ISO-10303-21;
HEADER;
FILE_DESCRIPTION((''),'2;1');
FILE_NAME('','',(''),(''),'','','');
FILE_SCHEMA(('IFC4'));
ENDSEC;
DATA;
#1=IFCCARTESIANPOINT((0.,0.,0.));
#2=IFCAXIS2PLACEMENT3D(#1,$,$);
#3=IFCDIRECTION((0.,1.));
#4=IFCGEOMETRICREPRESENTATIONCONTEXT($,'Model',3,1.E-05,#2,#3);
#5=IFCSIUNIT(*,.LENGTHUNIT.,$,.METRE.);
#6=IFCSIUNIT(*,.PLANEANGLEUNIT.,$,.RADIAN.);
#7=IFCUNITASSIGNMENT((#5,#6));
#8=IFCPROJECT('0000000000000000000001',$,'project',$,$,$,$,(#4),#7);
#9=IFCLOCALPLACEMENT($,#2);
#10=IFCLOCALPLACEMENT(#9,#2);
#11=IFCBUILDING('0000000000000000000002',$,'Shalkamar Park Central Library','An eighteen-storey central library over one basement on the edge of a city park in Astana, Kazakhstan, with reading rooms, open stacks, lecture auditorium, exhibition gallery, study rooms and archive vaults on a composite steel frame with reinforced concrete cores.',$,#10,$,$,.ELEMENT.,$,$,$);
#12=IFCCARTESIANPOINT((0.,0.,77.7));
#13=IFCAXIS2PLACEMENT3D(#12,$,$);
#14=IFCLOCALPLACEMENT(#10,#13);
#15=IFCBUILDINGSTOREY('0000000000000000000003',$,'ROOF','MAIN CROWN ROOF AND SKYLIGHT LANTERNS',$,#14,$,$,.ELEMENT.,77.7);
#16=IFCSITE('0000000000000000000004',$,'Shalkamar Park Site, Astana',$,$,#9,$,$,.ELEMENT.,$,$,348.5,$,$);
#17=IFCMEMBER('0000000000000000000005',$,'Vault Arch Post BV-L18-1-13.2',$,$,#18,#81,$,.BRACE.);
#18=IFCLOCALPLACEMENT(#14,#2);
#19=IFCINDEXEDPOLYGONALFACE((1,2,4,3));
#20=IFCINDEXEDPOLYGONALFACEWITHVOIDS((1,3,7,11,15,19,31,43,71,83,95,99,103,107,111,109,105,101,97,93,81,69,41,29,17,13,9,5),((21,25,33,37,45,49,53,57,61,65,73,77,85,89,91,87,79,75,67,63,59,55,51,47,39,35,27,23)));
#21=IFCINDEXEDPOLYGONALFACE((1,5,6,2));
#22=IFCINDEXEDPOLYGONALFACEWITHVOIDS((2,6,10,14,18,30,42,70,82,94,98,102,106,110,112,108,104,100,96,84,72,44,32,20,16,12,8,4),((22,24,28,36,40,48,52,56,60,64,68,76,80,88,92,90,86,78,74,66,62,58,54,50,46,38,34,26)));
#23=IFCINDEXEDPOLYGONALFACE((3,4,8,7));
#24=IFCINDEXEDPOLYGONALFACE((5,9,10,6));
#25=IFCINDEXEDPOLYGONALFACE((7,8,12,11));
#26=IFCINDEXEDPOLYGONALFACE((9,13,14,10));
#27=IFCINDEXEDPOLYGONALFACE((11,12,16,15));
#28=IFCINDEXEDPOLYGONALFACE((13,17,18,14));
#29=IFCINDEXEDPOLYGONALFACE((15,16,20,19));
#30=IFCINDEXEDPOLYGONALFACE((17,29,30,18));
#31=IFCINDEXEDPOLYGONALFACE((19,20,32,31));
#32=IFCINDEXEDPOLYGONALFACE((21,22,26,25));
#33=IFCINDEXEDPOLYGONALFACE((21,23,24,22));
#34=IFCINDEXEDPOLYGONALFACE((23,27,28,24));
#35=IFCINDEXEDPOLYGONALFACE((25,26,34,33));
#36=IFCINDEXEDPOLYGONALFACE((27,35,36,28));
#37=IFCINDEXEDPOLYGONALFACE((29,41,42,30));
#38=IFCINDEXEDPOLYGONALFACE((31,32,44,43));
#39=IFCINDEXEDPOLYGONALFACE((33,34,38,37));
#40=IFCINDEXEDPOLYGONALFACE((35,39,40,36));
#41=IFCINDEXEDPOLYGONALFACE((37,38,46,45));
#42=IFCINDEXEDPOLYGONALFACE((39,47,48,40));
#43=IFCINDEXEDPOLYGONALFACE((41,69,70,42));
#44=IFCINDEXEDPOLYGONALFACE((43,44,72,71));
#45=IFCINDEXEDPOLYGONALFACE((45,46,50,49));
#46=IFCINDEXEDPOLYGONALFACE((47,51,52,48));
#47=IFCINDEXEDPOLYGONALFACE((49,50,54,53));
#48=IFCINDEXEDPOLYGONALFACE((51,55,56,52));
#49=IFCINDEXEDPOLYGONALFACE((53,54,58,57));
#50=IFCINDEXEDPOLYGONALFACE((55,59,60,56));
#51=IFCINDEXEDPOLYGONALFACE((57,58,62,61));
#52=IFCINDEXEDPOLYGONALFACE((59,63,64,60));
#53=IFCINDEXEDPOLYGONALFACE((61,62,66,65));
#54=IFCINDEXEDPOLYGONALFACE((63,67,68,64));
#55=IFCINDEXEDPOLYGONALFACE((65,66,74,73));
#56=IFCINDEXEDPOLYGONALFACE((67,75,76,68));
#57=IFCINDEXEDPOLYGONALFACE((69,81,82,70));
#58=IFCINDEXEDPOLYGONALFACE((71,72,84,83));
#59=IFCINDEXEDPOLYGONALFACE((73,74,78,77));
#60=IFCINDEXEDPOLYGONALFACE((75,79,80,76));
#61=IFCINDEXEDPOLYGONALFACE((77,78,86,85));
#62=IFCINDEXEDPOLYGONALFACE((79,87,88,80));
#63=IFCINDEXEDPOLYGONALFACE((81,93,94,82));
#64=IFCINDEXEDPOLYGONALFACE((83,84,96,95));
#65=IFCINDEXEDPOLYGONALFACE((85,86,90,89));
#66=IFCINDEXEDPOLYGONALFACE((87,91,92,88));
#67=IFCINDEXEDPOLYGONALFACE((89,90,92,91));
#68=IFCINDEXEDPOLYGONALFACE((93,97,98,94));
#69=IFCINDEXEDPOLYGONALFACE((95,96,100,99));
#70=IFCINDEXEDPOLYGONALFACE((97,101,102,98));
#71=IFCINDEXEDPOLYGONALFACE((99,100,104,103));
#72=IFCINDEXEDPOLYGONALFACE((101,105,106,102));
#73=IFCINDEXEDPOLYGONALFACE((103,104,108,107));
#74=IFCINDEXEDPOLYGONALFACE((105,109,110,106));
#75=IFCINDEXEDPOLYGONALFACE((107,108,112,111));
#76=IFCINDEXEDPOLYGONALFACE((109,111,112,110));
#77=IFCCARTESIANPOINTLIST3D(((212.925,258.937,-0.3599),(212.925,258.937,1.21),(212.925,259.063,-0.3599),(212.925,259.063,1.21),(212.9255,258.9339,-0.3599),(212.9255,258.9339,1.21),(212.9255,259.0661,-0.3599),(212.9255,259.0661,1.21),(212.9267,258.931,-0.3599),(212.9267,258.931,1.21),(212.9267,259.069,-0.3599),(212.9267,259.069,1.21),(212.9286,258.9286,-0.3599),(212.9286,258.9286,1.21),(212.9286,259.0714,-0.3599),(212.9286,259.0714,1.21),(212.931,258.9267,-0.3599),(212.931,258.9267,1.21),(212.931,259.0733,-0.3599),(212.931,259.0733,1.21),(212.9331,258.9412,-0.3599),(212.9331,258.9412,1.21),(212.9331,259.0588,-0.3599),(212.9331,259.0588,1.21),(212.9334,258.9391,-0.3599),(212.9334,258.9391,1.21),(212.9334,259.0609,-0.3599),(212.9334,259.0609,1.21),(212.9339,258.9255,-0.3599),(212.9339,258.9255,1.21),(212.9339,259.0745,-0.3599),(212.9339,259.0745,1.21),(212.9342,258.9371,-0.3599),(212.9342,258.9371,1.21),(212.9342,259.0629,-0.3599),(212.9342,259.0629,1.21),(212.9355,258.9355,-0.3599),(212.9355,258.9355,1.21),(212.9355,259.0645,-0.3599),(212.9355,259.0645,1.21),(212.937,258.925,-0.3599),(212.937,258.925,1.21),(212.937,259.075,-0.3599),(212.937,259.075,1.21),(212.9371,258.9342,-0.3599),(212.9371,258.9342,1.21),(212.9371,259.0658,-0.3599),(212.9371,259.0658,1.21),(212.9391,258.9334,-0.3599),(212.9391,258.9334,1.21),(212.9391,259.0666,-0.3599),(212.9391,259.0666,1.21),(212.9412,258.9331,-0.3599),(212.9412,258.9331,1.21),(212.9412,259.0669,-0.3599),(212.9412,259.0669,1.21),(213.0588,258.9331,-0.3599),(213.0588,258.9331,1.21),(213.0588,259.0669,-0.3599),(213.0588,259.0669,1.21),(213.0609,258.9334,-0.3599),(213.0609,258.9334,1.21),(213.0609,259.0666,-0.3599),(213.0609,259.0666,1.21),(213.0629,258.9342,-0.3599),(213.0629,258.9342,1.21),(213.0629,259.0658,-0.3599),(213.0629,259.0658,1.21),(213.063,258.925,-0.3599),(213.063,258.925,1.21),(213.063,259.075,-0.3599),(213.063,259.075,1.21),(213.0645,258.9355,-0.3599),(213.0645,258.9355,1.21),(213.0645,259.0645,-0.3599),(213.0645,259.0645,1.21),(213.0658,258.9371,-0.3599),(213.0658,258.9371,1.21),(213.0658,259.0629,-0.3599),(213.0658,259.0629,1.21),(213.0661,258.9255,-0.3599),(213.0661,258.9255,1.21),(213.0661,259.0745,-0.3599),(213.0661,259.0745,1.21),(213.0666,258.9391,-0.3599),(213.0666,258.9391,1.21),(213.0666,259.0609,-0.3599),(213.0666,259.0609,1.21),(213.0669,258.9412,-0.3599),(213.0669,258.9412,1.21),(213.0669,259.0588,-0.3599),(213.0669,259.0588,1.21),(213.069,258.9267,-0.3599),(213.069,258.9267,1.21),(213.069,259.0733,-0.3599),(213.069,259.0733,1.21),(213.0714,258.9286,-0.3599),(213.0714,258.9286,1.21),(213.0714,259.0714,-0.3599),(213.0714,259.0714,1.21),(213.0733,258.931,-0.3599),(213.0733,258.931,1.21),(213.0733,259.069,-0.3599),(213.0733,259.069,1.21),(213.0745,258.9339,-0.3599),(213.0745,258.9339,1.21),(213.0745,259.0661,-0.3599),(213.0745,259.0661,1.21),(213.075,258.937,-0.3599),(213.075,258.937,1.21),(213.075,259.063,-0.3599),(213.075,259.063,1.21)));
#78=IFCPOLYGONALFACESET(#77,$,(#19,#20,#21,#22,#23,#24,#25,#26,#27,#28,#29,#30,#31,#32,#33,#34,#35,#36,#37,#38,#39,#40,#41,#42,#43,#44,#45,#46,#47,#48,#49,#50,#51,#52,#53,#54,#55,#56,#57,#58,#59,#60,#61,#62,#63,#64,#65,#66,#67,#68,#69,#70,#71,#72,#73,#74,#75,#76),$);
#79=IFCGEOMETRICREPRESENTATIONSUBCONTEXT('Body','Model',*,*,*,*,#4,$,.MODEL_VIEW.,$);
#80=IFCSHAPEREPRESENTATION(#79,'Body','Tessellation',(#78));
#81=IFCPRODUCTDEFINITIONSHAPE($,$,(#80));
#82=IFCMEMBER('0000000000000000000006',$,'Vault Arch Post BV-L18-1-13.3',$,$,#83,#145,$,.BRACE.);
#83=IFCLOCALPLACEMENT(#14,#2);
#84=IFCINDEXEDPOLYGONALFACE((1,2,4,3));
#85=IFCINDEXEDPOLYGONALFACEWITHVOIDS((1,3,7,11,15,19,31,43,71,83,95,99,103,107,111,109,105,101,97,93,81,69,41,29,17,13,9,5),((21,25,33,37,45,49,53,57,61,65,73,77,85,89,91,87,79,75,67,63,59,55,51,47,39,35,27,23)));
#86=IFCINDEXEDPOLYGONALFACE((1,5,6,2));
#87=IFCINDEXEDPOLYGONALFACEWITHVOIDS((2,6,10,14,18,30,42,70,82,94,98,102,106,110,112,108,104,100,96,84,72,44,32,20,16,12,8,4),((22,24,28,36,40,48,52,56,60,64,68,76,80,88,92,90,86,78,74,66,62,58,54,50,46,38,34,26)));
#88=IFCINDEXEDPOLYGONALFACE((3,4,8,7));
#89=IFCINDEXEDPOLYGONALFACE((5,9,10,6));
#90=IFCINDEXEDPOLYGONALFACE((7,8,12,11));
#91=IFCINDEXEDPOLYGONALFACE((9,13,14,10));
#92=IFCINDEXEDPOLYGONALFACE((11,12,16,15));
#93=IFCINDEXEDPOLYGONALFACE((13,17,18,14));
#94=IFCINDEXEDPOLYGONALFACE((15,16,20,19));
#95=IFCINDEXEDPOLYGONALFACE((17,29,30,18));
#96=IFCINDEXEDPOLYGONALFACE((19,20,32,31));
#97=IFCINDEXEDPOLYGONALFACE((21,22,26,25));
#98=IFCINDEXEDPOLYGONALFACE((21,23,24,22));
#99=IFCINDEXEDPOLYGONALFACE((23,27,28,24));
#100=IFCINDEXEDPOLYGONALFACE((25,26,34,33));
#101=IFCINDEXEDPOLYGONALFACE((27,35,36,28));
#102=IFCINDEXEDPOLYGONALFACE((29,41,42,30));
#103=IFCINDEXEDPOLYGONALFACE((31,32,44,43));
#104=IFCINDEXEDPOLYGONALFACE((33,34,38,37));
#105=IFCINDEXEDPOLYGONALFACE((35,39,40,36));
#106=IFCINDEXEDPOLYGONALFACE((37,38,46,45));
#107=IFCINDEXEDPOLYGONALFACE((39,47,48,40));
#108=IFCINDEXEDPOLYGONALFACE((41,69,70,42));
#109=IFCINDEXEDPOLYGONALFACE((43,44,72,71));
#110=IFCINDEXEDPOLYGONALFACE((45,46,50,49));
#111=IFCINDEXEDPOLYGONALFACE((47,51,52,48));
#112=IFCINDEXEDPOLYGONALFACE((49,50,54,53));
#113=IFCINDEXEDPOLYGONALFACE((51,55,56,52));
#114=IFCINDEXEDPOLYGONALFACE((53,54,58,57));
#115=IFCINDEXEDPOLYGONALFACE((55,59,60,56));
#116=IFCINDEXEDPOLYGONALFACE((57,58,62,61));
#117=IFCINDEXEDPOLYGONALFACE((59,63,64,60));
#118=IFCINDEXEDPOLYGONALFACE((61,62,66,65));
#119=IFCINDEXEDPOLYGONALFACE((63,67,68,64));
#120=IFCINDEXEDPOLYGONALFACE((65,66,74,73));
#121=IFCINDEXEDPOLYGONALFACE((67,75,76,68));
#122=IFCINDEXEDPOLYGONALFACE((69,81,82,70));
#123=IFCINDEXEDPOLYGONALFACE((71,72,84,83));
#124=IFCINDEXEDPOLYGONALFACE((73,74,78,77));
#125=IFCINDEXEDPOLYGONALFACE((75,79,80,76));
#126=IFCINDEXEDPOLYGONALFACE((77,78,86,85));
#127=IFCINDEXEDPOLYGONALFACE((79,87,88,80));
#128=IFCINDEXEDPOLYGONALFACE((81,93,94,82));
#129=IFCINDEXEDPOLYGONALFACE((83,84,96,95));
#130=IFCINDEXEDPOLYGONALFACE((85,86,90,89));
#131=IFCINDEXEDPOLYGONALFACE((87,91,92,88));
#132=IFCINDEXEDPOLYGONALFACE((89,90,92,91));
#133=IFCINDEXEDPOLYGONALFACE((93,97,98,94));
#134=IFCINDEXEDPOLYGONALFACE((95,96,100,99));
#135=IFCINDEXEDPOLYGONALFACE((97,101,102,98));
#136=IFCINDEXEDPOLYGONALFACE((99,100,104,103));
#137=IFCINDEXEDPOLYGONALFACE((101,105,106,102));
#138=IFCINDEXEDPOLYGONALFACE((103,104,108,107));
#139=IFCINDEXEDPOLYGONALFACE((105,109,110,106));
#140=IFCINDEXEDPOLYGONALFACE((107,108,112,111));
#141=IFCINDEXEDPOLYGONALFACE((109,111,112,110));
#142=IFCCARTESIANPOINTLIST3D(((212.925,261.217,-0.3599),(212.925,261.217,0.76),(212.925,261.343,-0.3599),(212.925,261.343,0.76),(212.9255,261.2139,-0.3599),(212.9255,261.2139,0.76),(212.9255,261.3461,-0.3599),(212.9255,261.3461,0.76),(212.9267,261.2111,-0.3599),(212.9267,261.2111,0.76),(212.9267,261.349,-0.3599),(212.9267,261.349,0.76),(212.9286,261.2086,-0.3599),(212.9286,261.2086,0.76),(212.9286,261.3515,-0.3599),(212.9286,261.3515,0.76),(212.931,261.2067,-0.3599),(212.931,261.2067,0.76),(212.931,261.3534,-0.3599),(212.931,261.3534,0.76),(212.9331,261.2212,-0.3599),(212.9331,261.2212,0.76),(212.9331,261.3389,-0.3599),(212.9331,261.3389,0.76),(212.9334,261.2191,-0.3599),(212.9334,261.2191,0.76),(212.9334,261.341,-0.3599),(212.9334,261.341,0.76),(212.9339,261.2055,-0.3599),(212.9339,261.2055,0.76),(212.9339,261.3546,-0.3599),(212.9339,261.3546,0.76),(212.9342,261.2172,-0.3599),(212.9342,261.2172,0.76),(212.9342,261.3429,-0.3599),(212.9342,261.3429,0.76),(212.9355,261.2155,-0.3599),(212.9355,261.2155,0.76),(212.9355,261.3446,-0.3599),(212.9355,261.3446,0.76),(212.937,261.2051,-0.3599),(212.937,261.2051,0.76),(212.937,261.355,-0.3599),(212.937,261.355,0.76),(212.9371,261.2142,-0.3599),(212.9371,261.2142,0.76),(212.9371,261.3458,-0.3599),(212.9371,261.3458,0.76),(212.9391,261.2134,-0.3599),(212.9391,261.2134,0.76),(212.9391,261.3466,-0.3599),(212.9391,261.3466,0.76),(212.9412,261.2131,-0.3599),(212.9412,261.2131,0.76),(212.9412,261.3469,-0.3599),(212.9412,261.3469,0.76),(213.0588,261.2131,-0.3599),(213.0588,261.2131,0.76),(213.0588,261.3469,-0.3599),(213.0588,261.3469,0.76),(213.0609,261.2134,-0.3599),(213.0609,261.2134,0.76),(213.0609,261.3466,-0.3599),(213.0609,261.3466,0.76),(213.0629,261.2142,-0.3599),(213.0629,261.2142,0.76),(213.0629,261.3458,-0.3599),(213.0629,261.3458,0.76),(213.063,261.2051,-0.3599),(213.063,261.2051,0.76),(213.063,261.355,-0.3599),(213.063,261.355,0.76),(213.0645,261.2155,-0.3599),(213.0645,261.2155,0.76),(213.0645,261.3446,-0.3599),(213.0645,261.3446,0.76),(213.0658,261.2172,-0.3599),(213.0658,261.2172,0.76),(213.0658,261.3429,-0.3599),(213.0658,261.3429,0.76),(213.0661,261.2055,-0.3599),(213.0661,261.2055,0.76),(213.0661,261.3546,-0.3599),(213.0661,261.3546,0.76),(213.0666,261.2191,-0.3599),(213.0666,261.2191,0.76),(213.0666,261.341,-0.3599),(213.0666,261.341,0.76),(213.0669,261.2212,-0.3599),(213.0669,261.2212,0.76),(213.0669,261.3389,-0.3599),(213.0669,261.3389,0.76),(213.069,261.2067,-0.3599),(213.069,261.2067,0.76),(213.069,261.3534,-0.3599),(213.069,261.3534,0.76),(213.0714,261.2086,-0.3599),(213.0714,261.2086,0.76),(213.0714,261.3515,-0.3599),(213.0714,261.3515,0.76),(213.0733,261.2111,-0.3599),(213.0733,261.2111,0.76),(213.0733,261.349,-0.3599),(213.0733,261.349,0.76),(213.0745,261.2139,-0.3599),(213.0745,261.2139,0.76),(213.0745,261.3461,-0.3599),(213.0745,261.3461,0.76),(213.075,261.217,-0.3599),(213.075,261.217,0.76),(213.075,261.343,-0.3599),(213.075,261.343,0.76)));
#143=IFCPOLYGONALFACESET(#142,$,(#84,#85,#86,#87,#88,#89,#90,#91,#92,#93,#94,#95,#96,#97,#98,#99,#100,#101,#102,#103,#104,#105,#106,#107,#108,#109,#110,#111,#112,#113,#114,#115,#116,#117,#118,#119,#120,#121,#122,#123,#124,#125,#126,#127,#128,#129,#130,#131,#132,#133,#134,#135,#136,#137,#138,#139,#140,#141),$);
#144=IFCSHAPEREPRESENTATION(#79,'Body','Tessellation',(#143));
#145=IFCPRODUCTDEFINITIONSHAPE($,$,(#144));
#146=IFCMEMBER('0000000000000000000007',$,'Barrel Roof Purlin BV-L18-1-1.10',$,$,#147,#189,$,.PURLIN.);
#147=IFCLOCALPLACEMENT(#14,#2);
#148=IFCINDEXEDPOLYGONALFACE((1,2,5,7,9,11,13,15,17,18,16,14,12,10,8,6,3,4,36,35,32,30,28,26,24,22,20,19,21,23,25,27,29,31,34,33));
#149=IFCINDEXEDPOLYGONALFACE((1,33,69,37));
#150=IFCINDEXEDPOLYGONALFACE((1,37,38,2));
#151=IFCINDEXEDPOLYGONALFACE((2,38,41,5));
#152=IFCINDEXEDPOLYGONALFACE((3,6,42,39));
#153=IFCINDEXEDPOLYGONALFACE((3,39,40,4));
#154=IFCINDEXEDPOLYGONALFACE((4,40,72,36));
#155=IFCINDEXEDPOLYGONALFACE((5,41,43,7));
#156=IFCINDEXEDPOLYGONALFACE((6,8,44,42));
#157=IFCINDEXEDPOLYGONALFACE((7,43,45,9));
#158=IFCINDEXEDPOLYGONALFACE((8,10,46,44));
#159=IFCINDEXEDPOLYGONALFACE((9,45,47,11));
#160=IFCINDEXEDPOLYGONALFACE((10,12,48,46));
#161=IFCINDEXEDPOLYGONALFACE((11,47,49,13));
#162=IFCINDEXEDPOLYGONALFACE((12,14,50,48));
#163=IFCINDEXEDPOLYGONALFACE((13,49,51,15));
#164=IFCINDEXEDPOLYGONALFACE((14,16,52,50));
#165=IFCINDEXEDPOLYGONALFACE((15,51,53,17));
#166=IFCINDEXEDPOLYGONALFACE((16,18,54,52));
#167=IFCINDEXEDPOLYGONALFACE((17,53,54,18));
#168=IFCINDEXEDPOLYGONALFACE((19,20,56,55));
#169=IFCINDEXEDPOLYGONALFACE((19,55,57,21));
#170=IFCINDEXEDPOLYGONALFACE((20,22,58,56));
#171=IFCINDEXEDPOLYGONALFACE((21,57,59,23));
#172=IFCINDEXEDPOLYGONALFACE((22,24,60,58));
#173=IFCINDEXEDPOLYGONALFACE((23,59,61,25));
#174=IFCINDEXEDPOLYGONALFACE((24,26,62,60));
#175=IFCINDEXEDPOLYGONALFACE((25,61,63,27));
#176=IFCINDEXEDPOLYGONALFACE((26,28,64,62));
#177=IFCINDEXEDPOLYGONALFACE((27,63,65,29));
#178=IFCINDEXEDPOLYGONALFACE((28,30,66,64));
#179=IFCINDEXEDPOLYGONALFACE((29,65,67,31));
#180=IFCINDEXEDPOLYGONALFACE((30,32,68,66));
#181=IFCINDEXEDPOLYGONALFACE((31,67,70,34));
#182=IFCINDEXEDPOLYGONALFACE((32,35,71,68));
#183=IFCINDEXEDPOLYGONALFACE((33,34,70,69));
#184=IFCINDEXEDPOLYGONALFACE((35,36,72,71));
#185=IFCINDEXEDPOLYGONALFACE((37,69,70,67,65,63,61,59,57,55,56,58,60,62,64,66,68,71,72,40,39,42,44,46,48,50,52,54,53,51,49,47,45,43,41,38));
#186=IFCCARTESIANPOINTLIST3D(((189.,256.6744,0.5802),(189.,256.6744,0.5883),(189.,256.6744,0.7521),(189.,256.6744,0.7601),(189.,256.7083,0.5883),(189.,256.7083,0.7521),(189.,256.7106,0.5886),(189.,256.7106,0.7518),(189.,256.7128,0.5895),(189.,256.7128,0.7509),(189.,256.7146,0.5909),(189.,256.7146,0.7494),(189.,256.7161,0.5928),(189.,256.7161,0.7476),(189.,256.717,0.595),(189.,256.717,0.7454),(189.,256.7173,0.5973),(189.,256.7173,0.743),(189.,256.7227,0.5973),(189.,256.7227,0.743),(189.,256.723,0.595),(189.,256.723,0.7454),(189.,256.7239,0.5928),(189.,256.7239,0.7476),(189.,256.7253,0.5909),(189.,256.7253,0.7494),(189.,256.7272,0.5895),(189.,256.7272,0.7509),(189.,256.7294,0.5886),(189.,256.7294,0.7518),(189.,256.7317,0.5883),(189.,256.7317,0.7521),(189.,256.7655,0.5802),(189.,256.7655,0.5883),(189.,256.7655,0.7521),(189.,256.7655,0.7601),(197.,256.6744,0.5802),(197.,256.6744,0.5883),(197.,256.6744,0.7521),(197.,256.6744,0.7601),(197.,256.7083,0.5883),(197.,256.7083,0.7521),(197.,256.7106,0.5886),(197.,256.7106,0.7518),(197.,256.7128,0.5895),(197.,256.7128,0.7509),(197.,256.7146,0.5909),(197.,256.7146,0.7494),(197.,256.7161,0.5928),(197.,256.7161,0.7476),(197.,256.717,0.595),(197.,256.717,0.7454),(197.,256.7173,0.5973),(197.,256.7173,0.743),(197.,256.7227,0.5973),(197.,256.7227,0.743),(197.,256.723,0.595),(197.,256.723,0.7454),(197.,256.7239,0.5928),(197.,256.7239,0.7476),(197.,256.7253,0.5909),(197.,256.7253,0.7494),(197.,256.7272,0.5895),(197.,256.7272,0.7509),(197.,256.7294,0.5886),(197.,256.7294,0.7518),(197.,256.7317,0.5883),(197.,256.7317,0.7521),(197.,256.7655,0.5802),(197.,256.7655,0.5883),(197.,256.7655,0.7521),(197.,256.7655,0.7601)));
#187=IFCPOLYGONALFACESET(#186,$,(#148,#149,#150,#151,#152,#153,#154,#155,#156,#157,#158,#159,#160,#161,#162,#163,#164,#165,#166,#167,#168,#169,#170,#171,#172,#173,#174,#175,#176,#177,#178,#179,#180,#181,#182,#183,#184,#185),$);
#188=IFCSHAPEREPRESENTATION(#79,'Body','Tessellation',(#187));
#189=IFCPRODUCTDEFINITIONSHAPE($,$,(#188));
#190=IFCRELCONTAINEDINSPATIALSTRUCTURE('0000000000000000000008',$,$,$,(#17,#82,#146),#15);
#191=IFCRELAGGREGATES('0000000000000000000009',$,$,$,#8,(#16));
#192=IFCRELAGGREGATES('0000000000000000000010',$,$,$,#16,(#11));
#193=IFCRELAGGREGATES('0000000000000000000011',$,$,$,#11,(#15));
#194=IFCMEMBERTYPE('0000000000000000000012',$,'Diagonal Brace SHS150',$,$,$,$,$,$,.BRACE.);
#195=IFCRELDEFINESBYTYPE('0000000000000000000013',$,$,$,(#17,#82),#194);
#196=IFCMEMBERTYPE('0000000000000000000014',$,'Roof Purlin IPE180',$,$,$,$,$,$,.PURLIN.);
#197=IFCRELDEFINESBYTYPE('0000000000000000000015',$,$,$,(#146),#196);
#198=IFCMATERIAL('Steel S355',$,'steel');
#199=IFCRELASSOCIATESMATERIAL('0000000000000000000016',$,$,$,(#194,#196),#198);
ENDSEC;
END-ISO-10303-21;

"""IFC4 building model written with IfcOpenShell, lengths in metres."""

from ifc_helpers import new_model, si_unit, direction, frame, origin, origin_2d, place, context, subcontext, project, spatial, hollow_rectangle, i_section, extrude, material, material_profile, profile_set, type_object, element, save


model = new_model("IFC4")

# Units and contexts
model_context = context("Model", 3, precision=1e-05, world=origin(), true_north=direction((0.0, 1.0)))
body_context = subcontext(model_context, "Body", "Model", "MODEL_VIEW")
ifc_project = project(units=[si_unit("LENGTHUNIT", "METRE"), si_unit("PLANEANGLEUNIT", "RADIAN")], contexts=[model_context])

# Site, building, storey
site_placement = place(None, origin())
site = spatial("IfcSite", under=ifc_project, at=site_placement, Name="Shalkamar Park Site, Astana", CompositionType="ELEMENT", RefElevation=348.5)
building_placement = place(site_placement, origin())
building = spatial("IfcBuilding", under=site, at=building_placement, Name="Shalkamar Park Central Library", Description="An eighteen-storey central library over one basement on the edge of a city park in Astana, Kazakhstan, with reading rooms, open stacks, lecture auditorium, exhibition gallery, study rooms and archive vaults on a composite steel frame with reinforced concrete cores.", CompositionType="ELEMENT")
storey_placement = place(building_placement, frame((0.0, 0.0, 77.7)))
storey = spatial("IfcBuildingStorey", under=building, at=storey_placement, Name="ROOF", Description="MAIN CROWN ROOF AND SKYLIGHT LANTERNS", CompositionType="ELEMENT", Elevation=77.7)

# Members
ifc_material_1 = material(Name="Steel S355", Category="steel")
ifc_material_profile_1 = material_profile(ifc_material_1, hollow_rectangle(XDim=0.1499, YDim=0.1499, WallThickness=0.0081, InnerFilletRadius=0.0081, OuterFilletRadius=0.012, at=origin_2d()), Name="SHS 150x150x8")
ifc_profile_set_1 = profile_set([ifc_material_profile_1], Name="Steel S355")
member_type_1 = type_object("IfcMemberType", Name="Diagonal Brace SHS150", PredefinedType="BRACE", material=ifc_profile_set_1)
member_1_placement = place(storey_placement, frame((213.0, 259.0, -0.3599), z_axis=(0.0, 0.0, 1.0), x_axis=(1.0, 0.0, 0.0)))
element("IfcMember", 1, at=member_1_placement, inside=storey, type_object=member_type_1, Name="Vault Arch Post BV-L18-1-13.2", PredefinedType="BRACE", context=body_context, shape_type="SweptSolid", body=[
    extrude(hollow_rectangle(XDim=0.1499, YDim=0.1499, WallThickness=0.0081, InnerFilletRadius=0.0081, OuterFilletRadius=0.012, at=origin_2d()), origin(), (0.0, 0.0, 1.0), 1.5698),
])
member_2_placement = place(storey_placement, frame((213.0, 261.28, -0.3599), z_axis=(0.0, 0.0, 1.0), x_axis=(1.0, 0.0, 0.0)))
element("IfcMember", 2, at=member_2_placement, inside=storey, type_object=member_type_1, Name="Vault Arch Post BV-L18-1-13.3", PredefinedType="BRACE", context=body_context, shape_type="SweptSolid", body=[
    extrude(hollow_rectangle(XDim=0.1499, YDim=0.1499, WallThickness=0.0081, InnerFilletRadius=0.0081, OuterFilletRadius=0.012, at=origin_2d()), origin(), (0.0, 0.0, 1.0), 1.1199),
])
ifc_material_profile_2 = material_profile(ifc_material_1, i_section(OverallWidth=0.0911, OverallDepth=0.1799, WebThickness=0.0054, FlangeThickness=0.0081, FilletRadius=0.009, at=origin_2d()), Name="IPE 180")
ifc_profile_set_2 = profile_set([ifc_material_profile_2], Name="Steel S355")
member_type_2 = type_object("IfcMemberType", Name="Roof Purlin IPE180", PredefinedType="PURLIN", material=ifc_profile_set_2)
for number, where, z_axis, x_axis, name in (
    (3, (189.0, 256.72, 0.6702), (1.0, 0.0, 0.0), (0.0, 1.0, 0.0), "Barrel Roof Purlin BV-L18-1-1.10"),
):
    element("IfcMember", number, at=place(storey_placement, frame(where, z_axis=z_axis, x_axis=x_axis)), inside=storey, type_object=member_type_2, Name=name, PredefinedType="PURLIN", context=body_context, shape_type="SweptSolid", body=[
        extrude(i_section(OverallWidth=0.0911, OverallDepth=0.1799, WebThickness=0.0054, FlangeThickness=0.0081, FilletRadius=0.009, at=origin_2d()), origin(), (0.0, 0.0, 1.0), 8.0),
    ])

save(model, "model.ifc")
